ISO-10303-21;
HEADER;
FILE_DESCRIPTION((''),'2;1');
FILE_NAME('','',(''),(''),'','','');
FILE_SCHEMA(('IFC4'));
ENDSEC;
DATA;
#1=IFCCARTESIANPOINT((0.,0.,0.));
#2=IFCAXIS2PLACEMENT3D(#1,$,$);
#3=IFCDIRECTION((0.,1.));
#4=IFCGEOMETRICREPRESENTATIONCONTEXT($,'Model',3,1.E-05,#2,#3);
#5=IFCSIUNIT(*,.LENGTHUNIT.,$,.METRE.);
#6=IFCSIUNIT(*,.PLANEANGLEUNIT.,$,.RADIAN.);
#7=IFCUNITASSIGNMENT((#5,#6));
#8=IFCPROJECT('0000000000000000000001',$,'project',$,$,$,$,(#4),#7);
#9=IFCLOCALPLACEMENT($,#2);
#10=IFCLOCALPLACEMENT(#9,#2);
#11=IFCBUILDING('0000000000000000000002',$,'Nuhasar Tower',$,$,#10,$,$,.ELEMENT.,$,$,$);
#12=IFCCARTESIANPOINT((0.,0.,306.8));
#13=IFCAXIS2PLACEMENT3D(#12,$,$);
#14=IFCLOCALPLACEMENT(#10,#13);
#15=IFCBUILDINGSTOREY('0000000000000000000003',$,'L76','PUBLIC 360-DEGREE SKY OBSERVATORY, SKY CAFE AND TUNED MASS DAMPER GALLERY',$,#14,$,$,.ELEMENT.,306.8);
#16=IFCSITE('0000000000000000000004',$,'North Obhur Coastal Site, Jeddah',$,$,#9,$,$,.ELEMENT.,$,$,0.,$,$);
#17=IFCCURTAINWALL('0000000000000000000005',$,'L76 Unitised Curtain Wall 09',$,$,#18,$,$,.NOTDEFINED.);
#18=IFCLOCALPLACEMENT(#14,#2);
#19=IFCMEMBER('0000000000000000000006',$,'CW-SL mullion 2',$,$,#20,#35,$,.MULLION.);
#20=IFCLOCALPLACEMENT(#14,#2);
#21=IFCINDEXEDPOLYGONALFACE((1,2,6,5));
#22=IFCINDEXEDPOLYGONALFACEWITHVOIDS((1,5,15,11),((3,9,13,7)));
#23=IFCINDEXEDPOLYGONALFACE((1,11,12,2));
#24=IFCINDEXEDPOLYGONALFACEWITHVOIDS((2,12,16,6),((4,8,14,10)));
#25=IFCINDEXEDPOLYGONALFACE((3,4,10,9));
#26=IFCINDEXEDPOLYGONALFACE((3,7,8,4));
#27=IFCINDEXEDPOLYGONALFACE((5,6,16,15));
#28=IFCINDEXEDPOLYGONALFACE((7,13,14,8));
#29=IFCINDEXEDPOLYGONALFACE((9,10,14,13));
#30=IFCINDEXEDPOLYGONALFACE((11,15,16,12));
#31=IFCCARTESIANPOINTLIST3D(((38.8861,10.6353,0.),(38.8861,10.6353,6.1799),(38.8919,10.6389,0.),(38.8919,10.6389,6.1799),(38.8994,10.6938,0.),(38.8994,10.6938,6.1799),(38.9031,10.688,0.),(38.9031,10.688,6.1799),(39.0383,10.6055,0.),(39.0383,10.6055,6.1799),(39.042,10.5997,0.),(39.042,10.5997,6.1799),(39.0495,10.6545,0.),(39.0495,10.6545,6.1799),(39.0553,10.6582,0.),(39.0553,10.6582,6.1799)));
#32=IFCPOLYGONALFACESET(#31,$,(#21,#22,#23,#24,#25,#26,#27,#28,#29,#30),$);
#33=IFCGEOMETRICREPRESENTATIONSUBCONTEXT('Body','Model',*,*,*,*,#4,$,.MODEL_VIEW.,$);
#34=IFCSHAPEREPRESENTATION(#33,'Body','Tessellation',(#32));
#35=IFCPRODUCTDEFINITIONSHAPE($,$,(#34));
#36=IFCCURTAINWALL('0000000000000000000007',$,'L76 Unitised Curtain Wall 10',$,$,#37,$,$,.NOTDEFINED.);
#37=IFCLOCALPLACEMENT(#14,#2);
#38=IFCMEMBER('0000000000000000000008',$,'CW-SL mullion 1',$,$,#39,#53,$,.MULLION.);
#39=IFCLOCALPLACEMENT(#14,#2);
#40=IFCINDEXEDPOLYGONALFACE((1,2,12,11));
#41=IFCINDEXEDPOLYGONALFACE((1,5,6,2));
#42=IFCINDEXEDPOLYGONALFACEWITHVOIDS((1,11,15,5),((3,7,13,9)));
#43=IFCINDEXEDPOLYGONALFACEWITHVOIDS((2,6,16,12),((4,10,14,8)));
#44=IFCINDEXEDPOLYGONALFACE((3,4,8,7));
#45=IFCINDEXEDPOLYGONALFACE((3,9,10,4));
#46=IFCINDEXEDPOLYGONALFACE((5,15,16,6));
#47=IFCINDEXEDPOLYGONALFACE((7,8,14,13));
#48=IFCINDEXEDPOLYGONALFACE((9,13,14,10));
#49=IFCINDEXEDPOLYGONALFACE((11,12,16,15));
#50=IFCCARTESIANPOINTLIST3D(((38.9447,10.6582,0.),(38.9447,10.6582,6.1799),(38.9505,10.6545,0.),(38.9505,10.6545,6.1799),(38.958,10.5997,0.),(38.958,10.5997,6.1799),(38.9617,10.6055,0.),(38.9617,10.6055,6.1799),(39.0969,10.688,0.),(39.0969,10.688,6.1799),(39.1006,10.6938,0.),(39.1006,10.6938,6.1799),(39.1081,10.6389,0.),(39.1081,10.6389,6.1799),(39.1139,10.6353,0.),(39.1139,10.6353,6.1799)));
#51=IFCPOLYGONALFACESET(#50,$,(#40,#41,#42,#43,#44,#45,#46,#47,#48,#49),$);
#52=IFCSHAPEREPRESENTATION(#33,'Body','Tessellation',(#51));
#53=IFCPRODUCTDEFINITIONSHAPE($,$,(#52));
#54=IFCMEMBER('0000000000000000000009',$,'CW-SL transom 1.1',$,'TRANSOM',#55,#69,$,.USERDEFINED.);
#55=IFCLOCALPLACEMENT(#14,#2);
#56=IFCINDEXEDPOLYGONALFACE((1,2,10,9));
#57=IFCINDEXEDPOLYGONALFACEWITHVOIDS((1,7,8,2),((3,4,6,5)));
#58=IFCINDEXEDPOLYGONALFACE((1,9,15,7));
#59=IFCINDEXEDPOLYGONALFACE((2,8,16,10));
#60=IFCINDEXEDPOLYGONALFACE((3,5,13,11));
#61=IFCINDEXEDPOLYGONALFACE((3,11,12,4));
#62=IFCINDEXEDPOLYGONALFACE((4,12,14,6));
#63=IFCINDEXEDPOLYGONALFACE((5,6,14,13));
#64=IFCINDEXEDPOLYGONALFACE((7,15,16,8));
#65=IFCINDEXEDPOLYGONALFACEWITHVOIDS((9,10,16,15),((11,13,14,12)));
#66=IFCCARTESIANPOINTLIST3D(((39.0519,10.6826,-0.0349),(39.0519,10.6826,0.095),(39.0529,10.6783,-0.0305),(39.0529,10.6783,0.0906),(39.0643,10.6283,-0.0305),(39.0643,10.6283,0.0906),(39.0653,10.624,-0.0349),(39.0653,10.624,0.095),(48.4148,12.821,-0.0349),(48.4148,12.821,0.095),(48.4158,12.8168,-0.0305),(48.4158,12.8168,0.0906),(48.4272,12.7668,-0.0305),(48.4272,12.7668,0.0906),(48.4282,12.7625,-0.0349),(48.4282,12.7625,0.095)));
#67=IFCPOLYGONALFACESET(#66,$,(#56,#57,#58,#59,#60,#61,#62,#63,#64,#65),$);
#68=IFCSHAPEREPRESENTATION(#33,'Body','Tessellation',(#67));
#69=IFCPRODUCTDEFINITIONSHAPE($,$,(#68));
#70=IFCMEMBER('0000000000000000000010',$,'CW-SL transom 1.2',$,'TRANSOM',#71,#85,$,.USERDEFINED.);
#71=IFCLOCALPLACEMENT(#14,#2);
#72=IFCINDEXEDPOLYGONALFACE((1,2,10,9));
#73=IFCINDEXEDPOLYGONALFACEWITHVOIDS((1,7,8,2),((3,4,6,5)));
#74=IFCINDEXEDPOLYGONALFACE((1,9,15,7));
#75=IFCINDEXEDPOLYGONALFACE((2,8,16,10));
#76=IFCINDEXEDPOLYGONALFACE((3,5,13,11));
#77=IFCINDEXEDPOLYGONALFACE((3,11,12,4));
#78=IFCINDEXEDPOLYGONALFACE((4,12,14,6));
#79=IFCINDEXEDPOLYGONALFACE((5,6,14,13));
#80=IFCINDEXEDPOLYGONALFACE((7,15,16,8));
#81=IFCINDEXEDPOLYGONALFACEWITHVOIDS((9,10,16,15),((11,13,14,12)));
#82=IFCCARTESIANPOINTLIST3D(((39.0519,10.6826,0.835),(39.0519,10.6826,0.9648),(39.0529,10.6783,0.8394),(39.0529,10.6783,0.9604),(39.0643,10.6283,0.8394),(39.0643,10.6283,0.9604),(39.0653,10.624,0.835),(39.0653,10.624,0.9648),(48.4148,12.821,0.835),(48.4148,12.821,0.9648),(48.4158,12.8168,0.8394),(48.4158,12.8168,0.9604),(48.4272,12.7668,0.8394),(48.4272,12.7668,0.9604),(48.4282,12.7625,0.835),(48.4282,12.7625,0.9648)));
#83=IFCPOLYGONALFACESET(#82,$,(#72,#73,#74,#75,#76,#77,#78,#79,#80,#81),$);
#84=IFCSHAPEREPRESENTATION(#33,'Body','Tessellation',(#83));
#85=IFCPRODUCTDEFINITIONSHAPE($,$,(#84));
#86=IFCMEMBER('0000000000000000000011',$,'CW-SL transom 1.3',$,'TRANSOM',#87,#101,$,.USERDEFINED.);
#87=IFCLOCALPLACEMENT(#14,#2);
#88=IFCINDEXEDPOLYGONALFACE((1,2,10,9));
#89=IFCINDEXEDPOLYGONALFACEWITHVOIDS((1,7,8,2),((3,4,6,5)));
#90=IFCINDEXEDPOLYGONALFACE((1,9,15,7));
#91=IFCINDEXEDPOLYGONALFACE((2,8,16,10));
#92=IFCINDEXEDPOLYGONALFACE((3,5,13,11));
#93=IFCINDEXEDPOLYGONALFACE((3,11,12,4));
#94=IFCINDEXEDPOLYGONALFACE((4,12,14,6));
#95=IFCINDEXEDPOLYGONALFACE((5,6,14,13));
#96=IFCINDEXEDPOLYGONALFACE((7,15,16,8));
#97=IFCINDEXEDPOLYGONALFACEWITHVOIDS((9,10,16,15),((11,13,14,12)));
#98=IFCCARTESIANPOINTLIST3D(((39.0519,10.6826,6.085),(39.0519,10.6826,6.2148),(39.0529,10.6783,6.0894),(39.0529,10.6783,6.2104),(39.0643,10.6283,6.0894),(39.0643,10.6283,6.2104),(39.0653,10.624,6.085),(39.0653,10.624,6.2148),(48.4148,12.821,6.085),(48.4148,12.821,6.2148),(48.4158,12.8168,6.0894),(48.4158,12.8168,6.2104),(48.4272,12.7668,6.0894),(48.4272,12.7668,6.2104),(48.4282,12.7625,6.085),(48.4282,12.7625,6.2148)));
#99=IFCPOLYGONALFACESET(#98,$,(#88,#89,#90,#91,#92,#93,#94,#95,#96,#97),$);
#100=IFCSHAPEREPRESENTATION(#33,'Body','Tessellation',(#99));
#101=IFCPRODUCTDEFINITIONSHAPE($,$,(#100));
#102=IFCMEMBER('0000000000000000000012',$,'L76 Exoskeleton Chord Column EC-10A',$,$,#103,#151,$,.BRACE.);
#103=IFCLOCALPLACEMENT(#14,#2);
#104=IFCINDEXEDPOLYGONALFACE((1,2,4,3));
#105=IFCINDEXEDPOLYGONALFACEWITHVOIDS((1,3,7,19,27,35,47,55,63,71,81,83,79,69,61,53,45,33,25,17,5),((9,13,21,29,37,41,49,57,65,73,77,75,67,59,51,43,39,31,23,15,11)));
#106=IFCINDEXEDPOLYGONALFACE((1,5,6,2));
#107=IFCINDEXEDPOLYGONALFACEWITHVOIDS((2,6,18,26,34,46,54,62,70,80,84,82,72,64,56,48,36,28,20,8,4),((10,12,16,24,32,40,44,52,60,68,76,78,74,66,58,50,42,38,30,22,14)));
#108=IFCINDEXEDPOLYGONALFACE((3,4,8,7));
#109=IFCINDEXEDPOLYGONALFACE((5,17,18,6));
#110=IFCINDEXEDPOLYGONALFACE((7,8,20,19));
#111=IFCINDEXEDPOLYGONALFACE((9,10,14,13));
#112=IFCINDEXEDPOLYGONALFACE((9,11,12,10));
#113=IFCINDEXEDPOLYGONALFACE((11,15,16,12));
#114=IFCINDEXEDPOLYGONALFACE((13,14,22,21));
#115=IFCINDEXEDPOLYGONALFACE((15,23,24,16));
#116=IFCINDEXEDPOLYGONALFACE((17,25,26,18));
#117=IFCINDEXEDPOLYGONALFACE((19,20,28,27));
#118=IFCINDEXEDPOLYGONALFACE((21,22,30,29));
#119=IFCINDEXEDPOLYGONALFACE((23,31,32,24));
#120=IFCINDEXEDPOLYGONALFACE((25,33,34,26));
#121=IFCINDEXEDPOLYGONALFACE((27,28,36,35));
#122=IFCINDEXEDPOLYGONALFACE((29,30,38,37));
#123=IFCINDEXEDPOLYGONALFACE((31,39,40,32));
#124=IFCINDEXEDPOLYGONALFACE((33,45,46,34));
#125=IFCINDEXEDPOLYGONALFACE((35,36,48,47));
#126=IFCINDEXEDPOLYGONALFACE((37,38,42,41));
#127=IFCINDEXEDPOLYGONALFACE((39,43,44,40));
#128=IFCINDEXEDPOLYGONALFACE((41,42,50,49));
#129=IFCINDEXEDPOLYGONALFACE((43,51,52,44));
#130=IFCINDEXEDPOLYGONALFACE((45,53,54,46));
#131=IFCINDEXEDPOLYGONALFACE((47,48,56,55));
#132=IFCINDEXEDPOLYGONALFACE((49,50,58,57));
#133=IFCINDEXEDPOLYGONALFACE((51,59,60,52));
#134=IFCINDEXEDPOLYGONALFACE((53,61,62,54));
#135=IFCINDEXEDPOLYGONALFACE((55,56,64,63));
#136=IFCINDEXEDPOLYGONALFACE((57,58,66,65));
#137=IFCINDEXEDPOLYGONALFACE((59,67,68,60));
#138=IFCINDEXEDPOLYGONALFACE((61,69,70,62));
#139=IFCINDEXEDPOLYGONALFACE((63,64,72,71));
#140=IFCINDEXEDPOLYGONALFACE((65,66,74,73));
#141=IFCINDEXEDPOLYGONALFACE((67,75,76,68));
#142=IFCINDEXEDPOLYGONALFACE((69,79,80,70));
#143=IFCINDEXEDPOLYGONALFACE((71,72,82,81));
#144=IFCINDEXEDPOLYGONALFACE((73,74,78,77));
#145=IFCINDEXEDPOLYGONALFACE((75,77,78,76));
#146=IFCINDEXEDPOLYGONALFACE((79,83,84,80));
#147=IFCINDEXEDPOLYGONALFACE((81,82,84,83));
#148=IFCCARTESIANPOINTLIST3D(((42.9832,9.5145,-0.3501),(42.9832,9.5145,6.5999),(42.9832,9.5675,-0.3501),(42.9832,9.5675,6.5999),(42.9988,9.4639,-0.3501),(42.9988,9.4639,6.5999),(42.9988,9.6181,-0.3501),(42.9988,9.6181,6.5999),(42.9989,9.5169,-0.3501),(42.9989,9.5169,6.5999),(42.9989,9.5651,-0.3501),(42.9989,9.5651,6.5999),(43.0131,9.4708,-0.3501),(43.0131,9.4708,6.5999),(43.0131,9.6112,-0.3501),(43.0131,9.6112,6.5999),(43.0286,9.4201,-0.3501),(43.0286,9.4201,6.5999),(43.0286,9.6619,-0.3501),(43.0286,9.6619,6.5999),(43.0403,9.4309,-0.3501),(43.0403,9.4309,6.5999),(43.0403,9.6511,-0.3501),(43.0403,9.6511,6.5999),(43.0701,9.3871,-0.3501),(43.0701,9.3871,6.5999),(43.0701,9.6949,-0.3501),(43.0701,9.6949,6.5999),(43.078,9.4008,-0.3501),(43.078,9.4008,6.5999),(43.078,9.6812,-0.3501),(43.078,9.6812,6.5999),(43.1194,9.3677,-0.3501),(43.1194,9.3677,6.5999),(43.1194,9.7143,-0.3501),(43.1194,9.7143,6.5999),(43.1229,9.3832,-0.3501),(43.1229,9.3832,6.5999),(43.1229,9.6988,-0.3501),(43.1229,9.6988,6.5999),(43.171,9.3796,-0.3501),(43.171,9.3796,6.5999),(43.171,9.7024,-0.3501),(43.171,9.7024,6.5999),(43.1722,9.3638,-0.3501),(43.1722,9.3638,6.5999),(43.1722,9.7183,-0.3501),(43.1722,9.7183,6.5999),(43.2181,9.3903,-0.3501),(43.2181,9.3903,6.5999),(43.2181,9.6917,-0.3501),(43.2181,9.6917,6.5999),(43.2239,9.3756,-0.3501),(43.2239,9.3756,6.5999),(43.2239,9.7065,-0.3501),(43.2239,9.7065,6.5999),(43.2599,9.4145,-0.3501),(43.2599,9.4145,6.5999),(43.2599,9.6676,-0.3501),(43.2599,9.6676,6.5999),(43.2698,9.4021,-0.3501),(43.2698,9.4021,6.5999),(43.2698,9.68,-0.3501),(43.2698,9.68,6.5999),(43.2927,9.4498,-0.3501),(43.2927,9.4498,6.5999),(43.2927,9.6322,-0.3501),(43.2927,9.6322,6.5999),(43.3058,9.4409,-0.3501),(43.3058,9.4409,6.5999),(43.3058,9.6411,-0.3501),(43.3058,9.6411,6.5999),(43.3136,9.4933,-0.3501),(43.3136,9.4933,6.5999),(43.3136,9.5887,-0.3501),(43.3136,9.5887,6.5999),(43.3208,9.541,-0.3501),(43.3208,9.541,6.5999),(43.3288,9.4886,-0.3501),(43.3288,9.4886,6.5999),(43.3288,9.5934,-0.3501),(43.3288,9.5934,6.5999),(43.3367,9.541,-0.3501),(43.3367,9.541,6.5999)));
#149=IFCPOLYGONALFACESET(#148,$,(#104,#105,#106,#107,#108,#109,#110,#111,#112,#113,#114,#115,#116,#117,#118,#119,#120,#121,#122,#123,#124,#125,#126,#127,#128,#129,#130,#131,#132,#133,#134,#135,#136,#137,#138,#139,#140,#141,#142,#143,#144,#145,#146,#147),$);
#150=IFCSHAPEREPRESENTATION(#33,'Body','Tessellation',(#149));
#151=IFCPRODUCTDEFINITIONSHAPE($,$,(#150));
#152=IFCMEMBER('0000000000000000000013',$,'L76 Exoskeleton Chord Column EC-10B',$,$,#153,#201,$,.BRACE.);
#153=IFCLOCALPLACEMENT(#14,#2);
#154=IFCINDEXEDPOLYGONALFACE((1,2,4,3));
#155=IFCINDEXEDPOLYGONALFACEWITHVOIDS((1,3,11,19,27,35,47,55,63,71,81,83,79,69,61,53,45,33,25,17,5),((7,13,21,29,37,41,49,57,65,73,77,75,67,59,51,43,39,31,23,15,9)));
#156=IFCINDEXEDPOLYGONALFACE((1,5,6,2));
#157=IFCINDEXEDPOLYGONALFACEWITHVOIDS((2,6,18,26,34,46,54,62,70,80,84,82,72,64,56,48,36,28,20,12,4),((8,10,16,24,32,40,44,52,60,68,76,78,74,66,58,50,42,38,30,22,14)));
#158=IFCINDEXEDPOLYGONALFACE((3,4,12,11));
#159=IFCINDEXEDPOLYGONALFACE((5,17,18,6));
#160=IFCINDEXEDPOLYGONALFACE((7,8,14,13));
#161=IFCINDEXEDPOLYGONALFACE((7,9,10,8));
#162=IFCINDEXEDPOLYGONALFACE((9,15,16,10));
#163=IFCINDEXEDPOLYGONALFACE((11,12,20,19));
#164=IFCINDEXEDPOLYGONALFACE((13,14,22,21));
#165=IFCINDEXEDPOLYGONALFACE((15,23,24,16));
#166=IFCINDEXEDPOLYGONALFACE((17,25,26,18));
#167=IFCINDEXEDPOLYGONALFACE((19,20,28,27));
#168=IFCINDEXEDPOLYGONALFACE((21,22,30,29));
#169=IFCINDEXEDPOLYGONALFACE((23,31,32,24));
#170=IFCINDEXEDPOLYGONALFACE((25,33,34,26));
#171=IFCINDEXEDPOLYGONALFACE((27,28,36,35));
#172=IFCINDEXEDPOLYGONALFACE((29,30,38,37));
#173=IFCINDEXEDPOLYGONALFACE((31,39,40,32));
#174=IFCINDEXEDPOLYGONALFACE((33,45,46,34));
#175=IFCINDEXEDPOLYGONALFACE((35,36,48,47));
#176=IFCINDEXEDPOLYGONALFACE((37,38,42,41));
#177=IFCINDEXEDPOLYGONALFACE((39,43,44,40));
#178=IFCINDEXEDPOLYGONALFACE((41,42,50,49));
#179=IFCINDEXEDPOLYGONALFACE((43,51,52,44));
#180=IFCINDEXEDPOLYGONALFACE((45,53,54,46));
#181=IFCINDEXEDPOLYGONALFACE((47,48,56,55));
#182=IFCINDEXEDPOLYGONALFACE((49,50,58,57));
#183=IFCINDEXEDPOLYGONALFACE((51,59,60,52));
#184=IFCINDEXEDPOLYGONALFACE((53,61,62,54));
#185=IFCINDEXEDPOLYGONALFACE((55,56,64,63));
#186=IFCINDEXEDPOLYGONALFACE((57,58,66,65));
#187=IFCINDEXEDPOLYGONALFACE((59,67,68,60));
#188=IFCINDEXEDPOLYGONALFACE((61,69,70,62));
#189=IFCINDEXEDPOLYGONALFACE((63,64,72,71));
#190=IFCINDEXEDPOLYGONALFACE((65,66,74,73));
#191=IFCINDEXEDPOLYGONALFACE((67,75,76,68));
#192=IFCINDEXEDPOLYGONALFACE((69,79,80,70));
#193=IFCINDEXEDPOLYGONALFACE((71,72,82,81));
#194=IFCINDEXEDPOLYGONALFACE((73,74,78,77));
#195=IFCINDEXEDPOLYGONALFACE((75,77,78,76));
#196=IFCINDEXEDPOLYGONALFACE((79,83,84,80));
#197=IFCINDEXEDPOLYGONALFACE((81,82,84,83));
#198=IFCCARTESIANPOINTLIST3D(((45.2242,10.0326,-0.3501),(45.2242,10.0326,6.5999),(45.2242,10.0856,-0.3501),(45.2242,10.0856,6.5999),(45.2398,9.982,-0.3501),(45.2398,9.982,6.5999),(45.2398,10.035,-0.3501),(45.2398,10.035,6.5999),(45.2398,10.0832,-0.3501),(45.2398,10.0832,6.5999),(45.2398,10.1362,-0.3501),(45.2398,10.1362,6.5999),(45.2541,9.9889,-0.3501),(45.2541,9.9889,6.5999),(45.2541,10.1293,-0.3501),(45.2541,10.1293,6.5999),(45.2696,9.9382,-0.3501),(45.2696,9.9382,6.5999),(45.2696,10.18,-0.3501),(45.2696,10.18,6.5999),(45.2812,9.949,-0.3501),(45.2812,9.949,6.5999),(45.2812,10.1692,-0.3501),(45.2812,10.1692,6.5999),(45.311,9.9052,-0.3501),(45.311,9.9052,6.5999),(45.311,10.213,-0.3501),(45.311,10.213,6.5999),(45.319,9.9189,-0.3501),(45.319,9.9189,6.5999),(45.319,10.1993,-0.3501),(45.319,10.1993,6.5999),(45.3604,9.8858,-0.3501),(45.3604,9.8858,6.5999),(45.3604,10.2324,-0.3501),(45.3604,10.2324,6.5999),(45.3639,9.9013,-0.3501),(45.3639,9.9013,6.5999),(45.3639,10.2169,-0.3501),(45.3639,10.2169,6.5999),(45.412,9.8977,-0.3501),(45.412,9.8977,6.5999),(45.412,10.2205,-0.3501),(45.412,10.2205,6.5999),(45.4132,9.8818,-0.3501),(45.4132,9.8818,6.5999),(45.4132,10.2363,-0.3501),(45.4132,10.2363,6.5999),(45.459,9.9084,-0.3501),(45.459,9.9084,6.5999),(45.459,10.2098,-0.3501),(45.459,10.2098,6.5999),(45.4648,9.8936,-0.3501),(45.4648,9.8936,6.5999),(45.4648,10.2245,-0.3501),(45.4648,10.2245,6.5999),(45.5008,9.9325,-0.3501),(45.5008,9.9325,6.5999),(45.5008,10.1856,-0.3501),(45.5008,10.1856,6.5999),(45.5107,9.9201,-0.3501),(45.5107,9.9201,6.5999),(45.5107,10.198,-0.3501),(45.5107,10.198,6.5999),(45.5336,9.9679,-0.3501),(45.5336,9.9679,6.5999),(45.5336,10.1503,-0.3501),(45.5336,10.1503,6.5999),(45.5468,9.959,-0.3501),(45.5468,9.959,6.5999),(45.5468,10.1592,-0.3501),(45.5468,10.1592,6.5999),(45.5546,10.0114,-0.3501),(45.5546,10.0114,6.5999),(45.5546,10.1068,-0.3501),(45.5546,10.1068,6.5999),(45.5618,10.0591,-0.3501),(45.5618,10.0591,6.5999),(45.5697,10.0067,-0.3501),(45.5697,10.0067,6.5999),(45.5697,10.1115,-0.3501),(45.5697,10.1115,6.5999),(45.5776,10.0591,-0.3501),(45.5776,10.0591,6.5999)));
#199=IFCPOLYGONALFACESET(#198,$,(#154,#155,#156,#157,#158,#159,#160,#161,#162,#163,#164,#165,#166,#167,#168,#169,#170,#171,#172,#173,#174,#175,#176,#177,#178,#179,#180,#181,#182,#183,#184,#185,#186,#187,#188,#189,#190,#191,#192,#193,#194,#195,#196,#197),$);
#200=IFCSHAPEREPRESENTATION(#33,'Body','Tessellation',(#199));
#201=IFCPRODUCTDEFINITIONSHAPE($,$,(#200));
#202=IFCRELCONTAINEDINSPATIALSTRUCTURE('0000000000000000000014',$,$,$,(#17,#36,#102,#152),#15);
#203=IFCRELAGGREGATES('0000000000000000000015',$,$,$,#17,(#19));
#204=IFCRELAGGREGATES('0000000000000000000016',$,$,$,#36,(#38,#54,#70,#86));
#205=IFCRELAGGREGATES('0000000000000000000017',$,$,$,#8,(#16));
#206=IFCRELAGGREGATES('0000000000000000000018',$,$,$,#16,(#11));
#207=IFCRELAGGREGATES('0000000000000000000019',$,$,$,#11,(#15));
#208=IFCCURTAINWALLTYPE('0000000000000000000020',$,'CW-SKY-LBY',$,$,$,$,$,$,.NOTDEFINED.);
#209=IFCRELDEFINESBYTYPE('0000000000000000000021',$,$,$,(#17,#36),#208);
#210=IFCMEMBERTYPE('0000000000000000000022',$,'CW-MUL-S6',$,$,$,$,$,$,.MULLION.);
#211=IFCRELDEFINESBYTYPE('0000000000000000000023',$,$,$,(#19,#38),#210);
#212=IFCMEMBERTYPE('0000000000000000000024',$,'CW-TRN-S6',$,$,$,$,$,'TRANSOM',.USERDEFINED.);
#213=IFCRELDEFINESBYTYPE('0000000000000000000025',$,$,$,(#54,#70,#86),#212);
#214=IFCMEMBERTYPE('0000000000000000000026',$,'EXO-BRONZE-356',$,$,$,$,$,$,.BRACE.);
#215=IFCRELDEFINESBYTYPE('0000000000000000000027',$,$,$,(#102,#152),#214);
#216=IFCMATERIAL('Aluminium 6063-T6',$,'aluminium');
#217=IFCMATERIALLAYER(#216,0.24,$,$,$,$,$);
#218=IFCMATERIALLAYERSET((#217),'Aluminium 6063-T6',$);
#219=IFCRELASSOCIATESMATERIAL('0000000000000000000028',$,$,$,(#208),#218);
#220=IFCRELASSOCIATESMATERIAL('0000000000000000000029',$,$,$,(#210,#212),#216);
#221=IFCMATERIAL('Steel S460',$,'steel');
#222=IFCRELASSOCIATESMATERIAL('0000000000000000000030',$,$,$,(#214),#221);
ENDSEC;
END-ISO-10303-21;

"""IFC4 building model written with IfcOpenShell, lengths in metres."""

from ifc_helpers import new_model, si_unit, direction, frame, origin, origin_2d, place, context, subcontext, project, spatial, hollow_rectangle, hollow_circle, extrude, material, layer, layer_set, material_profile, profile_set, type_object, element, aggregate, save


model = new_model("IFC4")

# Units and contexts
model_context = context("Model", 3, precision=1e-05, world=origin(), true_north=direction((0.0, 1.0)))
body_context = subcontext(model_context, "Body", "Model", "MODEL_VIEW")
ifc_project = project(units=[si_unit("LENGTHUNIT", "METRE"), si_unit("PLANEANGLEUNIT", "RADIAN")], contexts=[model_context])

# Site, building, storey
site_placement = place(None, origin())
site = spatial("IfcSite", under=ifc_project, at=site_placement, Name="North Obhur Coastal Site, Jeddah", CompositionType="ELEMENT", RefElevation=0.0)
building_placement = place(site_placement, origin())
building = spatial("IfcBuilding", under=site, at=building_placement, Name="Nuhasar Tower", CompositionType="ELEMENT")
storey_placement = place(building_placement, frame((0.0, 0.0, 306.8)))
storey = spatial("IfcBuildingStorey", under=building, at=storey_placement, Name="L76", Description="PUBLIC 360-DEGREE SKY OBSERVATORY, SKY CAFE AND TUNED MASS DAMPER GALLERY", CompositionType="ELEMENT", Elevation=306.8)

# Shared definitions
ifc_material_1 = material(Name="Steel S460", Category="steel")

# Curtain wall, member
ifc_material_2 = material(Name="Aluminium 6063-T6", Category="aluminium")
ifc_layer_1 = layer(ifc_material_2, 0.24)
ifc_layer_set_1 = layer_set([ifc_layer_1], Name="Aluminium 6063-T6")
curtain_wall_type = type_object("IfcCurtainWallType", Name="CW-SKY-LBY", PredefinedType="NOTDEFINED", material=ifc_layer_set_1)
curtain_wall_1_placement = place(storey_placement, origin())
curtain_wall_1 = element("IfcCurtainWall", 1, at=curtain_wall_1_placement, inside=storey, type_object=curtain_wall_type, Name="L76 Unitised Curtain Wall 09", PredefinedType="NOTDEFINED")
ifc_material_profile_1 = material_profile(ifc_material_2, hollow_rectangle(XDim=0.0601, YDim=0.1599, WallThickness=0.0049, at=origin_2d()), Name="CWM-6")
ifc_profile_set_1 = profile_set([ifc_material_profile_1], Name="Aluminium 6063-T6")
member_type_1 = type_object("IfcMemberType", Name="CW-MUL-S6", PredefinedType="MULLION", material=ifc_profile_set_1)
member_1_placement = place(storey_placement, frame((38.9707, 10.6467, 0.0), z_axis=(0.0, 0.0, 1.0), x_axis=(0.222643, 0.9749, 0.0)))
member_1 = element("IfcMember", 2, at=member_1_placement, type_object=member_type_1, Name="CW-SL mullion 2", PredefinedType="MULLION", context=body_context, shape_type="SweptSolid", body=[
    extrude(hollow_rectangle(XDim=0.0601, YDim=0.1599, WallThickness=0.0049, at=origin_2d()), origin(), (0.0, 0.0, 1.0), 6.1799),
])
aggregate(curtain_wall_1, [member_1])

# Curtain wall, members
curtain_wall_2_placement = place(storey_placement, origin())
curtain_wall_2 = element("IfcCurtainWall", 3, at=curtain_wall_2_placement, inside=storey, type_object=curtain_wall_type, Name="L76 Unitised Curtain Wall 10", PredefinedType="NOTDEFINED")
member_2_placement = place(storey_placement, frame((39.0293, 10.6467, 0.0), z_axis=(0.0, 0.0, 1.0), x_axis=(-0.222643, 0.9749, 0.0)))
member_2 = element("IfcMember", 4, at=member_2_placement, type_object=member_type_1, Name="CW-SL mullion 1", PredefinedType="MULLION", context=body_context, shape_type="SweptSolid", body=[
    extrude(hollow_rectangle(XDim=0.0601, YDim=0.1599, WallThickness=0.0049, at=origin_2d()), origin(), (0.0, 0.0, 1.0), 6.1799),
])
ifc_material_profile_2 = material_profile(ifc_material_2, hollow_rectangle(XDim=0.0601, YDim=0.1299, WallThickness=0.0044, at=origin_2d()), Name="CWT-6")
ifc_profile_set_2 = profile_set([ifc_material_profile_2], Name="Aluminium 6063-T6")
member_type_2 = type_object("IfcMemberType", Name="CW-TRN-S6", ElementType="TRANSOM", PredefinedType="USERDEFINED", material=ifc_profile_set_2)
member_3_placement = place(storey_placement, frame((39.0586, 10.6533, 0.03), z_axis=(0.974896, 0.222663, 0.0), x_axis=(-0.222663, 0.974896, 0.0)))
member_3 = element("IfcMember", 5, at=member_3_placement, type_object=member_type_2, Name="CW-SL transom 1.1", ObjectType="TRANSOM", PredefinedType="USERDEFINED", context=body_context, shape_type="SweptSolid", body=[
    extrude(hollow_rectangle(XDim=0.0601, YDim=0.1299, WallThickness=0.0044, at=origin_2d()), origin(), (0.0, 0.0, 1.0), 9.604),
])
member_4_placement = place(storey_placement, frame((39.0586, 10.6533, 0.8999), z_axis=(0.974896, 0.222663, 0.0), x_axis=(-0.222663, 0.974896, 0.0)))
member_4 = element("IfcMember", 6, at=member_4_placement, type_object=member_type_2, Name="CW-SL transom 1.2", ObjectType="TRANSOM", PredefinedType="USERDEFINED", context=body_context, shape_type="SweptSolid", body=[
    extrude(hollow_rectangle(XDim=0.0601, YDim=0.1299, WallThickness=0.0044, at=origin_2d()), origin(), (0.0, 0.0, 1.0), 9.604),
])
member_5_placement = place(storey_placement, frame((39.0586, 10.6533, 6.1499), z_axis=(0.974896, 0.222663, 0.0), x_axis=(-0.222663, 0.974896, 0.0)))
member_5 = element("IfcMember", 7, at=member_5_placement, type_object=member_type_2, Name="CW-SL transom 1.3", ObjectType="TRANSOM", PredefinedType="USERDEFINED", context=body_context, shape_type="SweptSolid", body=[
    extrude(hollow_rectangle(XDim=0.0601, YDim=0.1299, WallThickness=0.0044, at=origin_2d()), origin(), (0.0, 0.0, 1.0), 9.604),
])

# Members
ifc_material_profile_3 = material_profile(ifc_material_1, hollow_circle(Radius=0.1777, WallThickness=0.0159, at=origin_2d()), Name="HSS355.6X15.9")
ifc_profile_set_3 = profile_set([ifc_material_profile_3], Name="Steel S460")
member_type_3 = type_object("IfcMemberType", Name="EXO-BRONZE-356", PredefinedType="BRACE", material=ifc_profile_set_3)
for number, where, z_axis, x_axis, name in (
    (8, (43.1589, 9.541, -0.3501), (0.0, 0.0, 1.0), (1.0, 0.0, 0.0), "L76 Exoskeleton Chord Column EC-10A"),
    (9, (45.3999, 10.0591, -0.3501), (0.0, 0.0, 1.0), (1.0, 0.0, 0.0), "L76 Exoskeleton Chord Column EC-10B"),
):
    element("IfcMember", number, at=place(storey_placement, frame(where, z_axis=z_axis, x_axis=x_axis)), inside=storey, type_object=member_type_3, Name=name, PredefinedType="BRACE", context=body_context, shape_type="SweptSolid", body=[
        extrude(hollow_circle(Radius=0.1777, WallThickness=0.0159, at=origin_2d()), origin(), (0.0, 0.0, 1.0), 6.95),
    ])

aggregate(curtain_wall_2, [member_2, member_3, member_4, member_5])

save(model, "model.ifc")
